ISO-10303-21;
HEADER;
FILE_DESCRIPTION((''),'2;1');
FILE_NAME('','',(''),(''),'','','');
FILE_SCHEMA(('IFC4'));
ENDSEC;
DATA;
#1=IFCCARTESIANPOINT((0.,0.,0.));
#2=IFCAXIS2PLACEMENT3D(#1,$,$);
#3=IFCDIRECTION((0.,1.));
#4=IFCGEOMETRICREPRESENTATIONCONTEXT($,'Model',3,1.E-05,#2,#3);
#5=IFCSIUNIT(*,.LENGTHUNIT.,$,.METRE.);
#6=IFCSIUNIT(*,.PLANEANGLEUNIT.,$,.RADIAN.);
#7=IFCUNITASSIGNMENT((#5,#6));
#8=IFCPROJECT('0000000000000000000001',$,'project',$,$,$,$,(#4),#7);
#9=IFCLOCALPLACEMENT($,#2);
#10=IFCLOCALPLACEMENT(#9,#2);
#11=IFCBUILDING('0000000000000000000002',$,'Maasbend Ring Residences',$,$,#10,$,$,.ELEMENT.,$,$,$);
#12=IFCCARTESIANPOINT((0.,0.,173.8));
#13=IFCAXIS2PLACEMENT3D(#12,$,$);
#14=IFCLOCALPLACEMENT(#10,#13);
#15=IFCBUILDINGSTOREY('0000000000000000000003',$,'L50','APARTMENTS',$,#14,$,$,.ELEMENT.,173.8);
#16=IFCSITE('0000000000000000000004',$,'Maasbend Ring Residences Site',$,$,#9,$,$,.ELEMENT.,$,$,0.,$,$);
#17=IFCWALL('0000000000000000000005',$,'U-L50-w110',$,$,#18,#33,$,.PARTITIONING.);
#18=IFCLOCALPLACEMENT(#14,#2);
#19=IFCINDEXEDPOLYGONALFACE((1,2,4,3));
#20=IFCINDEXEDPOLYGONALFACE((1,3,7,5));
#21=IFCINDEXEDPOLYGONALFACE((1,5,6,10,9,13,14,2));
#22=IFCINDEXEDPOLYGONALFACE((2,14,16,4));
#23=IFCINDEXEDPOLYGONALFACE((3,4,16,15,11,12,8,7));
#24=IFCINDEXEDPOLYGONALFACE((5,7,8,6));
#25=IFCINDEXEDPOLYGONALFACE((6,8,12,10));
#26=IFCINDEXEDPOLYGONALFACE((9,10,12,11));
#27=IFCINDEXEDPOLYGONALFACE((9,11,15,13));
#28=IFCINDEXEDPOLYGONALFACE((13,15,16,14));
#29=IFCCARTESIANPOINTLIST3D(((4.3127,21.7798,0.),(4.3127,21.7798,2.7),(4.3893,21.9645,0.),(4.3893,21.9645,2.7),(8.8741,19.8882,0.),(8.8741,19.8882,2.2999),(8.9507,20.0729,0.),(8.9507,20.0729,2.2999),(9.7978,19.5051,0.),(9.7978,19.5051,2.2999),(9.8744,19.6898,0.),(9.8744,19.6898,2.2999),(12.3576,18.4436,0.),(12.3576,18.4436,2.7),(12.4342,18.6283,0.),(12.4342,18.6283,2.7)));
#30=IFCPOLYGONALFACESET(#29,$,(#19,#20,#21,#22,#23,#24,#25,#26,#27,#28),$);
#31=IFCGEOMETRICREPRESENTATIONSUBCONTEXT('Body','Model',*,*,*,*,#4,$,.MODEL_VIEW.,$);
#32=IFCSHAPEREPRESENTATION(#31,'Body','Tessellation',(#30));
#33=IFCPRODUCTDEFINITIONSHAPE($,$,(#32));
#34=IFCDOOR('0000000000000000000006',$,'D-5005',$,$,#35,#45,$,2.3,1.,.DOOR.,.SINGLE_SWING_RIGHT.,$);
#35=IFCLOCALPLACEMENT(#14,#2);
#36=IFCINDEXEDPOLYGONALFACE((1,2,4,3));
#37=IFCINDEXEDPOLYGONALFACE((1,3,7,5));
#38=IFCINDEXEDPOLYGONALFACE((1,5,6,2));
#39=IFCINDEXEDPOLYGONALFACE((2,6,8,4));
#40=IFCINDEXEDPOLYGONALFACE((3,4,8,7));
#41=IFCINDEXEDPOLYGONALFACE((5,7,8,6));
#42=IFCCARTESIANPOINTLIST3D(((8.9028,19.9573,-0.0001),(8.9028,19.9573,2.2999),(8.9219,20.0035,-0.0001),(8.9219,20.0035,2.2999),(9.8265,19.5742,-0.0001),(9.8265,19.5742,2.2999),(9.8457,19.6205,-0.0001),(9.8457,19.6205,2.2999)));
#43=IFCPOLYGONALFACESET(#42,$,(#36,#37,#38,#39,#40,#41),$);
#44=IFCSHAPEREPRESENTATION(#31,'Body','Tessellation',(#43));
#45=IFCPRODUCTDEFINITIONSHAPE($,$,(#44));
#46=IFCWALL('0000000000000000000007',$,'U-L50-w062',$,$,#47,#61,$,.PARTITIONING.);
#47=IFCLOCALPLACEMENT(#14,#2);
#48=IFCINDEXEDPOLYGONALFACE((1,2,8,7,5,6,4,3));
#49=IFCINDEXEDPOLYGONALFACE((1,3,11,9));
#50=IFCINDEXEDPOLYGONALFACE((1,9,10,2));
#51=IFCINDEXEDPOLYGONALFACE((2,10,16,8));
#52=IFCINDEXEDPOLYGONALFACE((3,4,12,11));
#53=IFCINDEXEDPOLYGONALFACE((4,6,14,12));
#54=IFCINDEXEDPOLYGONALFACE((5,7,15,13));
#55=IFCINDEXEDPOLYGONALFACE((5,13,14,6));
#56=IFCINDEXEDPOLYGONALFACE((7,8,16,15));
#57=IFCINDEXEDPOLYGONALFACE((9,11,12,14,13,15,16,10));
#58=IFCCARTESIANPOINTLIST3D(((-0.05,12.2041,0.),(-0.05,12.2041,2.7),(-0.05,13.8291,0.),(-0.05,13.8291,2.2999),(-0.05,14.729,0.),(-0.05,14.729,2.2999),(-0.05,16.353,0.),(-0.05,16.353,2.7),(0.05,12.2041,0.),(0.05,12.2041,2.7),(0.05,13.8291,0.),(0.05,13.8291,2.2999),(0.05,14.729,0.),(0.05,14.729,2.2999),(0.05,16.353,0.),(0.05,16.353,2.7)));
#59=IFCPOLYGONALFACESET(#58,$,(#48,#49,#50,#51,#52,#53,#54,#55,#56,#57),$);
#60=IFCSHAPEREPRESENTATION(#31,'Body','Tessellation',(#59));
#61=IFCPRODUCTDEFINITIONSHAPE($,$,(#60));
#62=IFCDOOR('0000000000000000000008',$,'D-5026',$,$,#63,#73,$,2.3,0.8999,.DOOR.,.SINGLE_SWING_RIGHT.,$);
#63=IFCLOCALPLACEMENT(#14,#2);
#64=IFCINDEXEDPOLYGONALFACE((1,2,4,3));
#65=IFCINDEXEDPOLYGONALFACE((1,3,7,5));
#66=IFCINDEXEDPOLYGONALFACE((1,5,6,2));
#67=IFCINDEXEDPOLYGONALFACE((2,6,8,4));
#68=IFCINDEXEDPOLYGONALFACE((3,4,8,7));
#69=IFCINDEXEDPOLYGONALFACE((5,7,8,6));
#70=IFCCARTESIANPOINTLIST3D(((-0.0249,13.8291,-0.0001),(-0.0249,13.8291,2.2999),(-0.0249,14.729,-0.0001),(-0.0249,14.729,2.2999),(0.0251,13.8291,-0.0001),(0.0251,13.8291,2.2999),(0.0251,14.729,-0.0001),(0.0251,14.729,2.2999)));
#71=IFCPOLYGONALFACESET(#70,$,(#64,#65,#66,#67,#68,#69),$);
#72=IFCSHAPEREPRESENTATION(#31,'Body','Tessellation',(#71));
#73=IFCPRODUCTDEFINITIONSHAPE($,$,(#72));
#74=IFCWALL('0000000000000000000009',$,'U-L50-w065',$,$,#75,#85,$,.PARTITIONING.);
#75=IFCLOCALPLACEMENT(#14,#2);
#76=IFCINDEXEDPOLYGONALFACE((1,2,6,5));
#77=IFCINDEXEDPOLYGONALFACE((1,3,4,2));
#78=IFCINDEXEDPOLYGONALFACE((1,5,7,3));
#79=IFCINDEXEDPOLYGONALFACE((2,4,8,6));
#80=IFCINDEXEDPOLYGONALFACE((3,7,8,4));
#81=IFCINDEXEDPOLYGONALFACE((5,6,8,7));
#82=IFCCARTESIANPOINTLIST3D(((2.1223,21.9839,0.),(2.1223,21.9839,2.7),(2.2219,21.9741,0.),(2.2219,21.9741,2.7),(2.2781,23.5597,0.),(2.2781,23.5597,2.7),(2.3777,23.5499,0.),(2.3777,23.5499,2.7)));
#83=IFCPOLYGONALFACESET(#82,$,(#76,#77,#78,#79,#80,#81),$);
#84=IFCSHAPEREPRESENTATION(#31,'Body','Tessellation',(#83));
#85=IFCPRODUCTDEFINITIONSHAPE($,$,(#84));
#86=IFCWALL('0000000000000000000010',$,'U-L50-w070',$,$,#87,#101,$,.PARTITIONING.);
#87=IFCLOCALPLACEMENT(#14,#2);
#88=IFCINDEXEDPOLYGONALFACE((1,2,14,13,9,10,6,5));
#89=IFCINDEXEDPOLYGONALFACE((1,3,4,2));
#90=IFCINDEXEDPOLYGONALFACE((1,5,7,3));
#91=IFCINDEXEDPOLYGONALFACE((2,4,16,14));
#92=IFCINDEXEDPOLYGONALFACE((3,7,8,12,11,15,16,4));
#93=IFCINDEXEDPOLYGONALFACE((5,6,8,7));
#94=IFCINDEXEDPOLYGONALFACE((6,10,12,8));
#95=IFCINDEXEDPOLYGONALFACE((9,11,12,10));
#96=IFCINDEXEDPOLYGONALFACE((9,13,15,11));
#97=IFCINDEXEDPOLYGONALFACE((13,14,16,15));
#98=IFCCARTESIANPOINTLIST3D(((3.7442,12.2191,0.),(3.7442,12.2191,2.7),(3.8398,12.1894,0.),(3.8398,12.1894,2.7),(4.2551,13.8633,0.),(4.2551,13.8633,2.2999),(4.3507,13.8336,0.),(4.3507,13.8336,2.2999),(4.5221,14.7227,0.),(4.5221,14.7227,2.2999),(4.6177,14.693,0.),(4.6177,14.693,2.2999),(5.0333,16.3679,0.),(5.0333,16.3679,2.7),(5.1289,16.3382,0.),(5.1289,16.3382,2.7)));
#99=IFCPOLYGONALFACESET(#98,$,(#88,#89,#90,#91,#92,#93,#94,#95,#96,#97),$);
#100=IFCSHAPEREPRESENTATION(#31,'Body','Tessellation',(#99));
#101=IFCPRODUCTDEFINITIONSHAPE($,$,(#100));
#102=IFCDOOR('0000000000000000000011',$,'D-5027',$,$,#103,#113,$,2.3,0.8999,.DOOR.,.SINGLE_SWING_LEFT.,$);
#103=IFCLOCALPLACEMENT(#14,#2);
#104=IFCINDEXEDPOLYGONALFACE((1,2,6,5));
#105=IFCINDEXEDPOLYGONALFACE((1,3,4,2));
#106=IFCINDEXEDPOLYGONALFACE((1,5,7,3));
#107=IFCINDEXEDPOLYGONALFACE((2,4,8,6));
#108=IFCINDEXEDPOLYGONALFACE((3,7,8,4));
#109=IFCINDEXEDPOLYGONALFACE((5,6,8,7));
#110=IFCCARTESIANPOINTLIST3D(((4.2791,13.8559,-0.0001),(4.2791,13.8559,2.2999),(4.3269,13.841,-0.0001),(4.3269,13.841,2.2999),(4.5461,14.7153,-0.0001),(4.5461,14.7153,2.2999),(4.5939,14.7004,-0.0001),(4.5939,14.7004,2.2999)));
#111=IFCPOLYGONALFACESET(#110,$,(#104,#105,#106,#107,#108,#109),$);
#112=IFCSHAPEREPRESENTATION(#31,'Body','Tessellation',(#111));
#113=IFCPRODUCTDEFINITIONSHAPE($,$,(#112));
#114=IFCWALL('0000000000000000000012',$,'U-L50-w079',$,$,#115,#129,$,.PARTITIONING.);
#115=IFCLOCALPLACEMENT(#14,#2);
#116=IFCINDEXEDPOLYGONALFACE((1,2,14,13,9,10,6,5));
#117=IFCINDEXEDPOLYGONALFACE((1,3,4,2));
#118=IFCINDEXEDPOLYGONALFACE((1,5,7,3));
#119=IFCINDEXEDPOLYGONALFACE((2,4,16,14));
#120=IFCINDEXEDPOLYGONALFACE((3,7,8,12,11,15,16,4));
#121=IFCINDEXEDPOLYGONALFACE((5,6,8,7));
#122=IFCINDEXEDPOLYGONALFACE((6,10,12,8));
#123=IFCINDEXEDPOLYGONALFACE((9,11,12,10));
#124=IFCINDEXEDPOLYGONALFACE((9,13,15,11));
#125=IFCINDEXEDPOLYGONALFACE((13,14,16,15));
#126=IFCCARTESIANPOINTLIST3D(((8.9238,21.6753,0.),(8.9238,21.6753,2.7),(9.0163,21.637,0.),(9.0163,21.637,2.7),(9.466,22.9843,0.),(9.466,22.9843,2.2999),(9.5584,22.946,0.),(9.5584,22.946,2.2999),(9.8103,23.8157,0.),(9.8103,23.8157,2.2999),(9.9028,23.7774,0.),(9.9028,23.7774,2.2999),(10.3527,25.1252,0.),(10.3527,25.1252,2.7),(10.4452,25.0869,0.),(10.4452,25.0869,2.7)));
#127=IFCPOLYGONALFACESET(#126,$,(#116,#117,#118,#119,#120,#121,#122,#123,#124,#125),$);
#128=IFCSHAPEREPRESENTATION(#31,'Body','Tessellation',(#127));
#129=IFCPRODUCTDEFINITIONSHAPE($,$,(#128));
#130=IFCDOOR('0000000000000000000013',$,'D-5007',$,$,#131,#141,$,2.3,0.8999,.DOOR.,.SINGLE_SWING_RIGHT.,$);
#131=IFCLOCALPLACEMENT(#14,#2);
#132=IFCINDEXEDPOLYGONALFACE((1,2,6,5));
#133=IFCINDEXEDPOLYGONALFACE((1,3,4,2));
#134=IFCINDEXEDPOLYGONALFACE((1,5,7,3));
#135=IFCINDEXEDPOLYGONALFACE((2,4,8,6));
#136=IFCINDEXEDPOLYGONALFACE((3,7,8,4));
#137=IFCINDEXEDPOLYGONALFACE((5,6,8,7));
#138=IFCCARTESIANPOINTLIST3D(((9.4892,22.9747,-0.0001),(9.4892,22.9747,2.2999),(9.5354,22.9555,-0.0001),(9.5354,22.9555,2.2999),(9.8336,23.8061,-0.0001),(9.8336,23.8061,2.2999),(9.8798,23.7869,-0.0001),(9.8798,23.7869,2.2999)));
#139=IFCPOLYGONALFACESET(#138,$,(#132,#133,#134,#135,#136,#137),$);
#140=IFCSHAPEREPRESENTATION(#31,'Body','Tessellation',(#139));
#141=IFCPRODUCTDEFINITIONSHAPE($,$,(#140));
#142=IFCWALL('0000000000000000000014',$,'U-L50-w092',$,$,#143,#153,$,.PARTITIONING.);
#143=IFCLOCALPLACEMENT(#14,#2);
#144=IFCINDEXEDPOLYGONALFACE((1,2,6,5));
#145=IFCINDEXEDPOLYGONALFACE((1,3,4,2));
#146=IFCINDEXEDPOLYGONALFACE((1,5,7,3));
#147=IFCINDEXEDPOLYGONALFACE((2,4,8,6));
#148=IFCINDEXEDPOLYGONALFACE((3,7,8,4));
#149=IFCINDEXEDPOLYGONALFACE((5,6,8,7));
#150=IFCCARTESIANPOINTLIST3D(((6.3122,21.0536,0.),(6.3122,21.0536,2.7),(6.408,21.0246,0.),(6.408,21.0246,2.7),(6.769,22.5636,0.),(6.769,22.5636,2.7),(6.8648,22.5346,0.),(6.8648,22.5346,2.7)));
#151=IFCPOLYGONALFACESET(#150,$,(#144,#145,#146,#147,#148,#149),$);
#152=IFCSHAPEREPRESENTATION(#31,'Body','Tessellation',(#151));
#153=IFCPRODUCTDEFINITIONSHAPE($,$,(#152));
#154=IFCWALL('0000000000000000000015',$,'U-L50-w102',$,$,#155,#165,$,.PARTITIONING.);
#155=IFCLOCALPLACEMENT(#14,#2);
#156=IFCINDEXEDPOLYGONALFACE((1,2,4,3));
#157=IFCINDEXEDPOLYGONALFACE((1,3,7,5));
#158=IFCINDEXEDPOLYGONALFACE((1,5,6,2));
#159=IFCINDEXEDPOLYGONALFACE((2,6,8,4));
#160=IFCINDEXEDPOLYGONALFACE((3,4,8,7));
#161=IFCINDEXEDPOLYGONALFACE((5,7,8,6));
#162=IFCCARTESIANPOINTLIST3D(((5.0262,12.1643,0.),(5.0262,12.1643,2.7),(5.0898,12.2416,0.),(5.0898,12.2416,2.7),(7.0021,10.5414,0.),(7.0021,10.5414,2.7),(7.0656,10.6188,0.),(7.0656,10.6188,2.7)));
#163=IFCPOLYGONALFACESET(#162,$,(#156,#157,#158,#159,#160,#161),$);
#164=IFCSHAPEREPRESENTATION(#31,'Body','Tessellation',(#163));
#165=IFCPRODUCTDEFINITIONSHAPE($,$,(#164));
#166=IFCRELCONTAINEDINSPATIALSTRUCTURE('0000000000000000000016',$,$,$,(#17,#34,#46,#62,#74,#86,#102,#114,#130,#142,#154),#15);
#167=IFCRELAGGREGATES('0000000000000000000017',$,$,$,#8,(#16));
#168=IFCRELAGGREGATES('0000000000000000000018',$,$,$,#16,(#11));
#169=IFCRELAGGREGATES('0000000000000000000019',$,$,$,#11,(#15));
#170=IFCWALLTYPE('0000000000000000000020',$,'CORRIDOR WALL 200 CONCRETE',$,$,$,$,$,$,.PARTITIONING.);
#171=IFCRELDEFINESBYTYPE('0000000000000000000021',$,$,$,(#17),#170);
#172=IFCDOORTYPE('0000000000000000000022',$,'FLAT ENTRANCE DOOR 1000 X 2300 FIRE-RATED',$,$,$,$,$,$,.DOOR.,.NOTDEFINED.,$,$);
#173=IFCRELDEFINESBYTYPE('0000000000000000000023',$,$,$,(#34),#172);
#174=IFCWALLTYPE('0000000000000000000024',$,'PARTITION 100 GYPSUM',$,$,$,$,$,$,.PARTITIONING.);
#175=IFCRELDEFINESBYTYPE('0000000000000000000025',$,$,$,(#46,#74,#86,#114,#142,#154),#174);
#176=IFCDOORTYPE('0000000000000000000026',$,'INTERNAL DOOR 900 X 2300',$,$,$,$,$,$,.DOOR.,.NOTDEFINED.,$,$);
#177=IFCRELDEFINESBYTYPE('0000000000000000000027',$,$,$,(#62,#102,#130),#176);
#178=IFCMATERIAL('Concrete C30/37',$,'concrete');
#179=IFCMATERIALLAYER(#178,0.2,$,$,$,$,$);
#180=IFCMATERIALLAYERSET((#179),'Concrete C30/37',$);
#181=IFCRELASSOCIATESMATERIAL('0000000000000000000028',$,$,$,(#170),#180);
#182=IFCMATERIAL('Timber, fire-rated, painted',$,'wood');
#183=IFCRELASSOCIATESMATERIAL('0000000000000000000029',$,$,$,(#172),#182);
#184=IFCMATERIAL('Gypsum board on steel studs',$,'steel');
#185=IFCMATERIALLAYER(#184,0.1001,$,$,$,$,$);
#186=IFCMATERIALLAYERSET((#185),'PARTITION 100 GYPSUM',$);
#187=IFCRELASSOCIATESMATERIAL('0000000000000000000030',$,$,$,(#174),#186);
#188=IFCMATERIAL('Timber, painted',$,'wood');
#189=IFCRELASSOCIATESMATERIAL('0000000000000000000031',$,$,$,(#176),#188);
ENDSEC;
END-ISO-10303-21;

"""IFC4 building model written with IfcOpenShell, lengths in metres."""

from ifc_helpers import new_model, si_unit, direction, frame, frame_2d, origin, place, context, subcontext, project, spatial, rectangle, extrude, material, layer, layer_set, type_object, element, fill, save


model = new_model("IFC4")

# Units and contexts
model_context = context("Model", 3, precision=1e-05, world=origin(), true_north=direction((0.0, 1.0)))
body_context = subcontext(model_context, "Body", "Model", "MODEL_VIEW")
ifc_project = project(units=[si_unit("LENGTHUNIT", "METRE"), si_unit("PLANEANGLEUNIT", "RADIAN")], contexts=[model_context])

# Site, building, storey
site_placement = place(None, origin())
site = spatial("IfcSite", under=ifc_project, at=site_placement, Name="Maasbend Ring Residences Site", CompositionType="ELEMENT", RefElevation=0.0)
building_placement = place(site_placement, origin())
building = spatial("IfcBuilding", under=site, at=building_placement, Name="Maasbend Ring Residences", CompositionType="ELEMENT")
storey_placement = place(building_placement, frame((0.0, 0.0, 173.8)))
storey = spatial("IfcBuildingStorey", under=building, at=storey_placement, Name="L50", Description="APARTMENTS", CompositionType="ELEMENT", Elevation=173.8)

# Walls, openings, doors
ifc_material_1 = material(Name="Concrete C30/37", Category="concrete")
ifc_layer_1 = layer(ifc_material_1, 0.2)
ifc_layer_set_1 = layer_set([ifc_layer_1], Name="Concrete C30/37")
wall_type_1 = type_object("IfcWallType", Name="CORRIDOR WALL 200 CONCRETE", PredefinedType="PARTITIONING", material=ifc_layer_set_1)
ifc_material_2 = material(Name="Timber, fire-rated, painted", Category="wood")
door_type_1 = type_object("IfcDoorType", Name="FLAT ENTRANCE DOOR 1000 X 2300 FIRE-RATED", OperationType="NOTDEFINED", PredefinedType="DOOR", material=ifc_material_2)
wall_1_placement = place(storey_placement, frame((4.3511, 21.8721, 0.0), z_axis=(0.0, 0.0, 1.0), x_axis=(0.923723, -0.383062, 0.0)))
wall_1 = element("IfcWall", 1, at=wall_1_placement, inside=storey, type_object=wall_type_1, Name="U-L50-w110", PredefinedType="PARTITIONING", context=body_context, shape_type="SweptSolid", body=[
    extrude(rectangle(XDim=8.7092, YDim=0.2, at=frame_2d((4.3545, 0.0))), origin(), (0.0, 0.0, 1.0), 2.7),
])
opening_1_placement = place(wall_1_placement, frame((4.938, 0.0, 0.0)))
opening_1 = element("IfcOpeningElement", 2, at=opening_1_placement, cuts=wall_1, PredefinedType="OPENING", context=body_context, shape_type="SweptSolid", body=[
    extrude(rectangle(XDim=1.0, YDim=2.3, at=frame_2d((0.5, 1.1499))), frame((0.0, 0.1099, 0.0), z_axis=(0.0, -1.0, 0.0), x_axis=(1.0, 0.0, 0.0)), (0.0, 0.0, 1.0), 0.22),
])
door_1_placement = place(opening_1_placement, origin())
door_1 = element("IfcDoor", 3, at=door_1_placement, inside=storey, type_object=door_type_1, Name="D-5005", OperationType="SINGLE_SWING_RIGHT", OverallHeight=2.3, OverallWidth=1.0, PredefinedType="DOOR", context=body_context, shape_type="SweptSolid", body=[
    extrude(rectangle(XDim=1.0, YDim=2.3, at=frame_2d((0.5, 1.1499))), frame((0.0, 0.0249, 0.0), z_axis=(0.0, -1.0, 0.0), x_axis=(1.0, 0.0, 0.0)), (0.0, 0.0, 1.0), 0.05),
])
fill(opening_1, door_1)
ifc_material_3 = material(Name="Gypsum board on steel studs", Category="steel")
ifc_layer_2 = layer(ifc_material_3, 0.1001)
ifc_layer_set_2 = layer_set([ifc_layer_2], Name="PARTITION 100 GYPSUM")
wall_type_2 = type_object("IfcWallType", Name="PARTITION 100 GYPSUM", PredefinedType="PARTITIONING", material=ifc_layer_set_2)
wall_2_placement = place(storey_placement, frame((0.0, 12.2041, 0.0), z_axis=(0.0, 0.0, 1.0), x_axis=(0.0, 1.0, 0.0)))
wall_2 = element("IfcWall", 4, at=wall_2_placement, inside=storey, type_object=wall_type_2, Name="U-L50-w062", PredefinedType="PARTITIONING", context=body_context, shape_type="SweptSolid", body=[
    extrude(rectangle(XDim=4.1489, YDim=0.1001, at=frame_2d((2.0745, 0.0))), origin(), (0.0, 0.0, 1.0), 2.7),
])
opening_2_placement = place(wall_2_placement, frame((1.625, 0.0, 0.0)))
opening_2 = element("IfcOpeningElement", 5, at=opening_2_placement, cuts=wall_2, PredefinedType="OPENING", context=body_context, shape_type="SweptSolid", body=[
    extrude(rectangle(XDim=0.8999, YDim=2.3, at=frame_2d((0.45, 1.1499))), frame((0.0, 0.0601, 0.0), z_axis=(0.0, -1.0, 0.0), x_axis=(1.0, 0.0, 0.0)), (0.0, 0.0, 1.0), 0.1201),
])
ifc_material_4 = material(Name="Timber, painted", Category="wood")
door_type_2 = type_object("IfcDoorType", Name="INTERNAL DOOR 900 X 2300", OperationType="NOTDEFINED", PredefinedType="DOOR", material=ifc_material_4)
door_2_placement = place(opening_2_placement, origin())
door_2 = element("IfcDoor", 6, at=door_2_placement, inside=storey, type_object=door_type_2, Name="D-5026", OperationType="SINGLE_SWING_RIGHT", OverallHeight=2.3, OverallWidth=0.8999, PredefinedType="DOOR", context=body_context, shape_type="SweptSolid", body=[
    extrude(rectangle(XDim=0.8999, YDim=2.3, at=frame_2d((0.45, 1.1499))), frame((0.0, 0.0249, 0.0), z_axis=(0.0, -1.0, 0.0), x_axis=(1.0, 0.0, 0.0)), (0.0, 0.0, 1.0), 0.05),
])
fill(opening_2, door_2)

# Wall
wall_3_placement = place(storey_placement, frame((2.1721, 21.979, 0.0), z_axis=(0.0, 0.0, 1.0), x_axis=(0.098359, 0.995151, 0.0)))
element("IfcWall", 7, at=wall_3_placement, inside=storey, type_object=wall_type_2, Name="U-L50-w065", PredefinedType="PARTITIONING", context=body_context, shape_type="SweptSolid", body=[
    extrude(rectangle(XDim=1.5835, YDim=0.1001, at=frame_2d((0.7917, 0.0))), origin(), (0.0, 0.0, 1.0), 2.7),
])

# Walls, openings, doors
wall_4_placement = place(storey_placement, frame((3.792, 12.2041, 0.0), z_axis=(0.0, 0.0, 1.0), x_axis=(0.296707, 0.954969, 0.0)))
wall_4 = element("IfcWall", 8, at=wall_4_placement, inside=storey, type_object=wall_type_2, Name="U-L50-w070", PredefinedType="PARTITIONING", context=body_context, shape_type="SweptSolid", body=[
    extrude(rectangle(XDim=4.3445, YDim=0.1001, at=frame_2d((2.1724, 0.0))), origin(), (0.0, 0.0, 1.0), 2.7),
])
opening_3_placement = place(wall_4_placement, frame((1.7219, 0.0, 0.0)))
opening_3 = element("IfcOpeningElement", 9, at=opening_3_placement, cuts=wall_4, PredefinedType="OPENING", context=body_context, shape_type="SweptSolid", body=[
    extrude(rectangle(XDim=0.8999, YDim=2.3, at=frame_2d((0.45, 1.1499))), frame((0.0, 0.0601, 0.0), z_axis=(0.0, -1.0, 0.0), x_axis=(1.0, 0.0, 0.0)), (0.0, 0.0, 1.0), 0.1201),
])
door_3_placement = place(opening_3_placement, origin())
door_3 = element("IfcDoor", 10, at=door_3_placement, inside=storey, type_object=door_type_2, Name="D-5027", OperationType="SINGLE_SWING_LEFT", OverallHeight=2.3, OverallWidth=0.8999, PredefinedType="DOOR", context=body_context, shape_type="SweptSolid", body=[
    extrude(rectangle(XDim=0.8999, YDim=2.3, at=frame_2d((0.45, 1.1499))), frame((0.0, 0.0249, 0.0), z_axis=(0.0, -1.0, 0.0), x_axis=(1.0, 0.0, 0.0)), (0.0, 0.0, 1.0), 0.05),
])
fill(opening_3, door_3)
wall_5_placement = place(storey_placement, frame((8.97, 21.656, 0.0), z_axis=(0.0, 0.0, 1.0), x_axis=(0.382669, 0.923885, 0.0)))
wall_5 = element("IfcWall", 11, at=wall_5_placement, inside=storey, type_object=wall_type_2, Name="U-L50-w079", PredefinedType="PARTITIONING", context=body_context, shape_type="SweptSolid", body=[
    extrude(rectangle(XDim=3.7341, YDim=0.1001, at=frame_2d((1.8672, 0.0))), origin(), (0.0, 0.0, 1.0), 2.7),
])
opening_4_placement = place(wall_5_placement, frame((1.417, 0.0, 0.0)))
opening_4 = element("IfcOpeningElement", 12, at=opening_4_placement, cuts=wall_5, PredefinedType="OPENING", context=body_context, shape_type="SweptSolid", body=[
    extrude(rectangle(XDim=0.8999, YDim=2.3, at=frame_2d((0.45, 1.1499))), frame((0.0, 0.0601, 0.0), z_axis=(0.0, -1.0, 0.0), x_axis=(1.0, 0.0, 0.0)), (0.0, 0.0, 1.0), 0.1201),
])
door_4_placement = place(opening_4_placement, origin())
door_4 = element("IfcDoor", 13, at=door_4_placement, inside=storey, type_object=door_type_2, Name="D-5007", OperationType="SINGLE_SWING_RIGHT", OverallHeight=2.3, OverallWidth=0.8999, PredefinedType="DOOR", context=body_context, shape_type="SweptSolid", body=[
    extrude(rectangle(XDim=0.8999, YDim=2.3, at=frame_2d((0.45, 1.1499))), frame((0.0, 0.0249, 0.0), z_axis=(0.0, -1.0, 0.0), x_axis=(1.0, 0.0, 0.0)), (0.0, 0.0, 1.0), 0.05),
])
fill(opening_4, door_4)

# Walls
wall_6_placement = place(storey_placement, frame((6.3601, 21.0391, 0.0), z_axis=(0.0, 0.0, 1.0), x_axis=(0.289548, 0.957164, 0.0)))
element("IfcWall", 14, at=wall_6_placement, inside=storey, type_object=wall_type_2, Name="U-L50-w092", PredefinedType="PARTITIONING", context=body_context, shape_type="SweptSolid", body=[
    extrude(rectangle(XDim=1.5776, YDim=0.1001, at=frame_2d((0.7888, 0.0))), origin(), (0.0, 0.0, 1.0), 2.7),
])
wall_7_placement = place(storey_placement, frame((5.0581, 12.2029, 0.0), z_axis=(0.0, 0.0, 1.0), x_axis=(0.772765, -0.634693, 0.0)))
element("IfcWall", 15, at=wall_7_placement, inside=storey, type_object=wall_type_2, Name="U-L50-w102", PredefinedType="PARTITIONING", context=body_context, shape_type="SweptSolid", body=[
    extrude(rectangle(XDim=2.5569, YDim=0.1001, at=frame_2d((1.2783, 0.0))), origin(), (0.0, 0.0, 1.0), 2.7),
])

save(model, "model.ifc")
